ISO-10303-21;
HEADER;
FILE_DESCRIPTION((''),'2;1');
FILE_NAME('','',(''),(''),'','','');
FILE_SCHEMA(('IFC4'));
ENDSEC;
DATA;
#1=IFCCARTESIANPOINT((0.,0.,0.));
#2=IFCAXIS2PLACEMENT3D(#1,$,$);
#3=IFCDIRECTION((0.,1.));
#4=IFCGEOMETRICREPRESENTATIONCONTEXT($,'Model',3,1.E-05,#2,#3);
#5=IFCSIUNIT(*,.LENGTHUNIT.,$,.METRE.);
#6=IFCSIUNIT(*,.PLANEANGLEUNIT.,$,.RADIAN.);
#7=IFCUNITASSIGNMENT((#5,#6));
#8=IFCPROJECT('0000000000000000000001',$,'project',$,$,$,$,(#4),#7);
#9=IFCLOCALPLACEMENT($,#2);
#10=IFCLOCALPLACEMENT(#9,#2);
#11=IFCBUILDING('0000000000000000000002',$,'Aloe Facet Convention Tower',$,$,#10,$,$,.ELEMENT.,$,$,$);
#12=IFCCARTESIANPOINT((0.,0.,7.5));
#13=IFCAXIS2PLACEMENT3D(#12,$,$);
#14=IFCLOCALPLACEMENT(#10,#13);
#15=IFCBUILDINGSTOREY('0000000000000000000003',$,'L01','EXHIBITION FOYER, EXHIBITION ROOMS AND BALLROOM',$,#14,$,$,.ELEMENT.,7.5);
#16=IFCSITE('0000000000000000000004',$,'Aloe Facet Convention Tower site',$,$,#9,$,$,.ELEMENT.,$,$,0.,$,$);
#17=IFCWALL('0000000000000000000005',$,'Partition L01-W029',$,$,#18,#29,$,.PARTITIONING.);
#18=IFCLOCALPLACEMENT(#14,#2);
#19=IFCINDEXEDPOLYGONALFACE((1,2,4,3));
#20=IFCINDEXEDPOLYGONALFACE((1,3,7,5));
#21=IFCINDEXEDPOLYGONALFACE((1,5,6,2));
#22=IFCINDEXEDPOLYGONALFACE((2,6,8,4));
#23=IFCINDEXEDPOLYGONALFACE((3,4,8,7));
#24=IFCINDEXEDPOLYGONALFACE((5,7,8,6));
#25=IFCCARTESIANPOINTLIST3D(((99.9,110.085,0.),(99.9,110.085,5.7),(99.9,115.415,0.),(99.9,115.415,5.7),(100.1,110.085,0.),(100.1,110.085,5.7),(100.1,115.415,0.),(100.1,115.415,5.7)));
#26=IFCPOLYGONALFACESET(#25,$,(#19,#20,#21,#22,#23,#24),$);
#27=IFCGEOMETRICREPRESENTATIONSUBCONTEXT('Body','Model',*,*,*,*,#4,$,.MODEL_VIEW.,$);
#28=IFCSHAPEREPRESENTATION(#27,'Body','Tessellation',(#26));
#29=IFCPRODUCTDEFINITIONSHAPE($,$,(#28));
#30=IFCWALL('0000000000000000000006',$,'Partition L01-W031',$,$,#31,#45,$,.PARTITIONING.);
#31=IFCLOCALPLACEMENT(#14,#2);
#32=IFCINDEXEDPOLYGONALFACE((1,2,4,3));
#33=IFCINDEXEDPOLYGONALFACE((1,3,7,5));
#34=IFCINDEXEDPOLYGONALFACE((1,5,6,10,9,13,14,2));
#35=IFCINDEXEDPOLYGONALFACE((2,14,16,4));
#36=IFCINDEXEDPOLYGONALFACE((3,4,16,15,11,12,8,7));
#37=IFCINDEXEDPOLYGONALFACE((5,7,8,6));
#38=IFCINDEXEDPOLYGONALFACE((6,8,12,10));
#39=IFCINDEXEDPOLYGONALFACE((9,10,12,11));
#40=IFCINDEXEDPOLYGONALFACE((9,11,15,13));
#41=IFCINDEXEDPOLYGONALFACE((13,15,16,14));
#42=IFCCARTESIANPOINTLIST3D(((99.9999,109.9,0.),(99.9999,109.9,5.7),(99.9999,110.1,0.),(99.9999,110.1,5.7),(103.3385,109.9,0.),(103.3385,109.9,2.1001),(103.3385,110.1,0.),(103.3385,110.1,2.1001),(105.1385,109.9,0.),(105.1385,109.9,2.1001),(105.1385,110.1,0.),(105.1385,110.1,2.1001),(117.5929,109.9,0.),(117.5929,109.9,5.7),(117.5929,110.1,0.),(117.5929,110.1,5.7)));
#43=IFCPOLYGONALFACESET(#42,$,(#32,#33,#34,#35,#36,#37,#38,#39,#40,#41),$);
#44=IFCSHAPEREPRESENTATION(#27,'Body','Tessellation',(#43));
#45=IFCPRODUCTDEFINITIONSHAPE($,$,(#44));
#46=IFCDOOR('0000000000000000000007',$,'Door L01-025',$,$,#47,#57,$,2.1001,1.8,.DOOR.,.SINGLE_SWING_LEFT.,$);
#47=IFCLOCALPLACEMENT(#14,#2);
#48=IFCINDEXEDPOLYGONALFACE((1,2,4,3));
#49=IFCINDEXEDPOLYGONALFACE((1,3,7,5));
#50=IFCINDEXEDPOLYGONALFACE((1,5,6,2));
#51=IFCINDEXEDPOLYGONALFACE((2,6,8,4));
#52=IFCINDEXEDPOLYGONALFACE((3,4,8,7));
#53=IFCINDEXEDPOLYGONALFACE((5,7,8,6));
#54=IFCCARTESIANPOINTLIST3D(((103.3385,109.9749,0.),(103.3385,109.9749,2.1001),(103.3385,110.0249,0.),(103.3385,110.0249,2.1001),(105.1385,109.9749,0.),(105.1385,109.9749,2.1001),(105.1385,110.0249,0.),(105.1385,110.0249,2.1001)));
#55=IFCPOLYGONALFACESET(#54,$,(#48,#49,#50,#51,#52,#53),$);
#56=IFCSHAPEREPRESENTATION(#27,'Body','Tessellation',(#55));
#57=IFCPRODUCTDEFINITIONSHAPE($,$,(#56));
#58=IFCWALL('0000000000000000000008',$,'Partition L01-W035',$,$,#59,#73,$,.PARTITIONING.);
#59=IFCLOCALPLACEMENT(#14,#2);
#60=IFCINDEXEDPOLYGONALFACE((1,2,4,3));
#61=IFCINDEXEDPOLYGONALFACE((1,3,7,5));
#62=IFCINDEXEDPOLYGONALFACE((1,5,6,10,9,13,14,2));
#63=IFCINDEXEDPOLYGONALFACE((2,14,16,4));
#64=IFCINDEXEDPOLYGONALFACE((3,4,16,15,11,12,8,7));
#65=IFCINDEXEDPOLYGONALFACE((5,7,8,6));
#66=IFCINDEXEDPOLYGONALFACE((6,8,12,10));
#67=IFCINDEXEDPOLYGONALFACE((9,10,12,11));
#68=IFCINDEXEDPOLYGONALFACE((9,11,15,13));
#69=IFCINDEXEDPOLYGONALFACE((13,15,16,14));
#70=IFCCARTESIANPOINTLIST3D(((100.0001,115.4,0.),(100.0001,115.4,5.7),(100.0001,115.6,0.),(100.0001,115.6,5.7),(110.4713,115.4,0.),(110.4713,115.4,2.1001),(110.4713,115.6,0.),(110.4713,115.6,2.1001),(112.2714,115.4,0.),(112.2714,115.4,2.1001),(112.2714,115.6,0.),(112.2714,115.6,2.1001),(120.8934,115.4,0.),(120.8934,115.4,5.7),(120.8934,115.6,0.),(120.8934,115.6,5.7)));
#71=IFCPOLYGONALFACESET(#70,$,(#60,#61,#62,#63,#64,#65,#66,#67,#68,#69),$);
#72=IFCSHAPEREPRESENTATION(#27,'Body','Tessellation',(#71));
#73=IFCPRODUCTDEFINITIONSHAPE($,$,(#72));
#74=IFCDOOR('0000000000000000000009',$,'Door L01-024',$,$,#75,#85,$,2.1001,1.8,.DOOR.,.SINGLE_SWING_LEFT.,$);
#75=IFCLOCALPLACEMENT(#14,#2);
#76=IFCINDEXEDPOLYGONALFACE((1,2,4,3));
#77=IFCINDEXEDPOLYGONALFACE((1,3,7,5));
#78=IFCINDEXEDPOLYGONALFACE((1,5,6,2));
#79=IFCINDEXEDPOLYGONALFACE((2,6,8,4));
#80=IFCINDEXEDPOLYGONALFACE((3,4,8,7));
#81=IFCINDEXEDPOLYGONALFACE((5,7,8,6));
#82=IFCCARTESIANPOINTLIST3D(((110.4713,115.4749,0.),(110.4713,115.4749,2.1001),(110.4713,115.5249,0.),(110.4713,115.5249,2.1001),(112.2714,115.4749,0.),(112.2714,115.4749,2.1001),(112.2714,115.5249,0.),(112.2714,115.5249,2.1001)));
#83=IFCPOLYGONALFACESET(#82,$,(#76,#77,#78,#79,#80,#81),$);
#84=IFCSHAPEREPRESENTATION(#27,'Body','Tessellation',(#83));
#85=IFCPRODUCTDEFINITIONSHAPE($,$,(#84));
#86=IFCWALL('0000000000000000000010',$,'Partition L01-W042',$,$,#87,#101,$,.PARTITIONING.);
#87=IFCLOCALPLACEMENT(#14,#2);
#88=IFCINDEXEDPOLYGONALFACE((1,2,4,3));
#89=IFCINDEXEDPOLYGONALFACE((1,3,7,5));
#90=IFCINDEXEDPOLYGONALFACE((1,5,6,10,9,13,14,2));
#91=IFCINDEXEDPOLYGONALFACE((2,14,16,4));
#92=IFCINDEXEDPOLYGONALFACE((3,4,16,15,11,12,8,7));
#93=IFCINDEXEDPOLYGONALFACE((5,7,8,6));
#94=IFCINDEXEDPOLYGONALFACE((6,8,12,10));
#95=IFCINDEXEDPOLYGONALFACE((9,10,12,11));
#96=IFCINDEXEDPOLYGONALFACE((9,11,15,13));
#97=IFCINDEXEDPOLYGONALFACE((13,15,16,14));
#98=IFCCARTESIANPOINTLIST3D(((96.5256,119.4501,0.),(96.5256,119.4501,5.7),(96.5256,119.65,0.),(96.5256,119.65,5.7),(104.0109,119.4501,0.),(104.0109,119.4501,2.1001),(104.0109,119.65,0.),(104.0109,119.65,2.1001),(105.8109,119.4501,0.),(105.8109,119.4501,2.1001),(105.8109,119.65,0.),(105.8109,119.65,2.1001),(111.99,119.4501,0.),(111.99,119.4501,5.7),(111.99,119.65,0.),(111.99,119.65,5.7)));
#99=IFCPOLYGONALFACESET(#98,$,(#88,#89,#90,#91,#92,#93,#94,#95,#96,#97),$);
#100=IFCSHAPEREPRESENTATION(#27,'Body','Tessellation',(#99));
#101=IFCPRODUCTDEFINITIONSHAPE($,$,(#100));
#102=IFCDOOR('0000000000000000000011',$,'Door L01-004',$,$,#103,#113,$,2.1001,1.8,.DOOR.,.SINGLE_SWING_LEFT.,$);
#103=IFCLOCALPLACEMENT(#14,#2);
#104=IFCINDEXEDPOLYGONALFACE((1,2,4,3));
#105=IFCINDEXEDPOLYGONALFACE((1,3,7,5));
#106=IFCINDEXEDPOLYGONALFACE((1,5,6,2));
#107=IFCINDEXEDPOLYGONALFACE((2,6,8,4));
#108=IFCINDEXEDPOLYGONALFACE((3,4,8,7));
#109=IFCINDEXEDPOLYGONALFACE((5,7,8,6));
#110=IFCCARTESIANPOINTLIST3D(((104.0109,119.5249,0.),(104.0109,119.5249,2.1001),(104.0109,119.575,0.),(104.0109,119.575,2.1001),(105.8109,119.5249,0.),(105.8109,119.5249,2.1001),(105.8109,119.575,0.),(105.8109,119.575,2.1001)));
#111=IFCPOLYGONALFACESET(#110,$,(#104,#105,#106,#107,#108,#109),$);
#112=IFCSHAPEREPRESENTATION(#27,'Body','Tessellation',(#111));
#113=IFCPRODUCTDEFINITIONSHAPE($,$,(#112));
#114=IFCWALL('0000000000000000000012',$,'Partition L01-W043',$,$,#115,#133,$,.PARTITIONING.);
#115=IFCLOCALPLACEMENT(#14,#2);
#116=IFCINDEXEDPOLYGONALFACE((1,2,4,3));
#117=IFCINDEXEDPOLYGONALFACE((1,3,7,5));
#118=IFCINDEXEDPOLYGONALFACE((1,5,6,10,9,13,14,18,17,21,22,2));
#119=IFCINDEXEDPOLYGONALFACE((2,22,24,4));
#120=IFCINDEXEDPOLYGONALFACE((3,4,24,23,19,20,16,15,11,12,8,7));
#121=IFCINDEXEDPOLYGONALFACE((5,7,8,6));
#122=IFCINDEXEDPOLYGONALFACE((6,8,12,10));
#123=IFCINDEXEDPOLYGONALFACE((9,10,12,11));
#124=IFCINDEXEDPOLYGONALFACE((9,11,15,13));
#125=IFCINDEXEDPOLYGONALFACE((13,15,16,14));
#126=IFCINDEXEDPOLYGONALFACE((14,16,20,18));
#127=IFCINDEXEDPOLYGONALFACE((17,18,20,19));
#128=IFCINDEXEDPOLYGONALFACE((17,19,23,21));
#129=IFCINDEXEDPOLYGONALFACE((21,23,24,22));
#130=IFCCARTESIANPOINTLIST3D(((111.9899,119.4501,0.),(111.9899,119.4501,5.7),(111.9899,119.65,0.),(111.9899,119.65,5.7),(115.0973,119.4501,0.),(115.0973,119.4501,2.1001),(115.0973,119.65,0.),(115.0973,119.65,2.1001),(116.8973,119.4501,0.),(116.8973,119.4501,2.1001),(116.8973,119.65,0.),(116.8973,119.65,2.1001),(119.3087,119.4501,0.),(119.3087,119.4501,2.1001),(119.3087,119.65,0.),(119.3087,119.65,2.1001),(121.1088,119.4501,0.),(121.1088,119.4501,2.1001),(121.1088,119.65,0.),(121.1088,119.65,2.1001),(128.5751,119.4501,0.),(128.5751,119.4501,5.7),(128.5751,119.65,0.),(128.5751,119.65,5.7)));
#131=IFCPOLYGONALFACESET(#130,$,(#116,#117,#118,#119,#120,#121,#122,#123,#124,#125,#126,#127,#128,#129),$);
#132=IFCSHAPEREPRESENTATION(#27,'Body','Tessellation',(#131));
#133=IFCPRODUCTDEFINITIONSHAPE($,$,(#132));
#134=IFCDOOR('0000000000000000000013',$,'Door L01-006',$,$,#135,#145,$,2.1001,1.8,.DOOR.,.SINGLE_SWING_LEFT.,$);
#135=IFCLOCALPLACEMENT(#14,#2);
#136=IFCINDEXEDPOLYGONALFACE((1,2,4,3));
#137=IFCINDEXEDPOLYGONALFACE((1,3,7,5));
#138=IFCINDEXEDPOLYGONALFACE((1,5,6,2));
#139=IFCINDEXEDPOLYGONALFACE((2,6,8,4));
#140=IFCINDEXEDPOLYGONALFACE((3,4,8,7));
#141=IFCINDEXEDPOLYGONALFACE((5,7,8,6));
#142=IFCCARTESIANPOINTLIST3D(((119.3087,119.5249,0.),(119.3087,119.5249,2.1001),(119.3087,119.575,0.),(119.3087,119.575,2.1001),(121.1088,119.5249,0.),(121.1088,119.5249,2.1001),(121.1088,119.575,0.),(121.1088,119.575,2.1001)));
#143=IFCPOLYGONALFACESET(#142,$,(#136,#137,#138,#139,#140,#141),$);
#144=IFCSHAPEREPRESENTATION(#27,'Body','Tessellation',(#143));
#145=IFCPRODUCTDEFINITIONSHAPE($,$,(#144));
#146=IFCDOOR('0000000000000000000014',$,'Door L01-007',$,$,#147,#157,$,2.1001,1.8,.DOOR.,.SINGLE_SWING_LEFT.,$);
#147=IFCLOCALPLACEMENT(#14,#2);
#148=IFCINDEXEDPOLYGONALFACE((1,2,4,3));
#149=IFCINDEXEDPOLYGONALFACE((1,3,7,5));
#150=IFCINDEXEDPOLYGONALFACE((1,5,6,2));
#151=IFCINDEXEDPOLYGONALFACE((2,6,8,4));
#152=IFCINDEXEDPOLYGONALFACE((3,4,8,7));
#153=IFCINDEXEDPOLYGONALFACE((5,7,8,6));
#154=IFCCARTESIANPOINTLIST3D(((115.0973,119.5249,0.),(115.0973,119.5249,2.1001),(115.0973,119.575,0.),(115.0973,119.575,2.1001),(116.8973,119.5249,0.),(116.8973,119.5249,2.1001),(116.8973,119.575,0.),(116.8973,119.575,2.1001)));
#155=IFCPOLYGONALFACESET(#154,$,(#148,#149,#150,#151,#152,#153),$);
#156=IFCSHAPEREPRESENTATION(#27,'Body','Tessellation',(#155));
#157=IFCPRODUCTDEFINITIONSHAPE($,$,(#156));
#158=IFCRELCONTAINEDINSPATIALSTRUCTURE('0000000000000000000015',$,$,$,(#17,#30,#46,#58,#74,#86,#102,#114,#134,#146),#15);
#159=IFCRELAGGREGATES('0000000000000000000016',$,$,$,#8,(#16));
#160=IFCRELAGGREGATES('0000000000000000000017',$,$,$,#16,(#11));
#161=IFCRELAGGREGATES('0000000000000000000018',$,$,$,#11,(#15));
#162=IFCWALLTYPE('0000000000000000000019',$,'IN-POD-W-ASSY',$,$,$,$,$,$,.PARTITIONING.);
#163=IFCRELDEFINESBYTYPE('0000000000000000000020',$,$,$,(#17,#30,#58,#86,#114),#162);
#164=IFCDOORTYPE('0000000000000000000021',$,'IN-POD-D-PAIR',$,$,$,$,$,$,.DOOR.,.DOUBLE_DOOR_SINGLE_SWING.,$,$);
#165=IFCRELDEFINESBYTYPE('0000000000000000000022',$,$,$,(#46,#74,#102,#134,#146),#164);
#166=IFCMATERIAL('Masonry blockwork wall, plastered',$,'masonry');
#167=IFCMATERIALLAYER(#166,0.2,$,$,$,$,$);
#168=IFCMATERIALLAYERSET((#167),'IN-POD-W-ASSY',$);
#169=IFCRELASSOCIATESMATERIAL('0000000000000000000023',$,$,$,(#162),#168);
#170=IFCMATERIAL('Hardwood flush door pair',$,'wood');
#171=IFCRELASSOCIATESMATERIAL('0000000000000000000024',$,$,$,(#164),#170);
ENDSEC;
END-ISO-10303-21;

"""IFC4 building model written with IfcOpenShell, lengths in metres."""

from ifc_helpers import new_model, si_unit, direction, frame, frame_2d, origin, place, context, subcontext, project, spatial, rectangle, extrude, material, layer, layer_set, type_object, element, fill, save


model = new_model("IFC4")

# Units and contexts
model_context = context("Model", 3, precision=1e-05, world=origin(), true_north=direction((0.0, 1.0)))
body_context = subcontext(model_context, "Body", "Model", "MODEL_VIEW")
ifc_project = project(units=[si_unit("LENGTHUNIT", "METRE"), si_unit("PLANEANGLEUNIT", "RADIAN")], contexts=[model_context])

# Site, building, storey
site_placement = place(None, origin())
site = spatial("IfcSite", under=ifc_project, at=site_placement, Name="Aloe Facet Convention Tower site", CompositionType="ELEMENT", RefElevation=0.0)
building_placement = place(site_placement, origin())
building = spatial("IfcBuilding", under=site, at=building_placement, Name="Aloe Facet Convention Tower", CompositionType="ELEMENT")
storey_placement = place(building_placement, frame((0.0, 0.0, 7.5)))
storey = spatial("IfcBuildingStorey", under=building, at=storey_placement, Name="L01", Description="EXHIBITION FOYER, EXHIBITION ROOMS AND BALLROOM", CompositionType="ELEMENT", Elevation=7.5)

# Wall
ifc_material_1 = material(Name="Masonry blockwork wall, plastered", Category="masonry")
ifc_layer = layer(ifc_material_1, 0.2)
ifc_layer_set = layer_set([ifc_layer], Name="IN-POD-W-ASSY")
wall_type = type_object("IfcWallType", Name="IN-POD-W-ASSY", PredefinedType="PARTITIONING", material=ifc_layer_set)
wall_1_placement = place(storey_placement, frame((100.0, 110.085, 0.0), z_axis=(0.0, 0.0, 1.0), x_axis=(0.0, 1.0, 0.0)))
element("IfcWall", 1, at=wall_1_placement, inside=storey, type_object=wall_type, Name="Partition L01-W029", PredefinedType="PARTITIONING", context=body_context, shape_type="SweptSolid", body=[
    extrude(rectangle(XDim=5.3301, YDim=0.2, at=frame_2d((2.665, 0.0))), origin(), (0.0, 0.0, 1.0), 5.7),
])

# Walls, openings, doors
wall_2_placement = place(storey_placement, frame((100.0, 110.0, 0.0), z_axis=(0.0, 0.0, 1.0), x_axis=(1.0, 0.0, 0.0)))
wall_2 = element("IfcWall", 2, at=wall_2_placement, inside=storey, type_object=wall_type, Name="Partition L01-W031", PredefinedType="PARTITIONING", context=body_context, shape_type="SweptSolid", body=[
    extrude(rectangle(XDim=17.593, YDim=0.2, at=frame_2d((8.7964, 0.0))), origin(), (0.0, 0.0, 1.0), 5.7),
])
opening_1_placement = place(wall_2_placement, frame((3.3386, 0.0, 0.0)))
opening_1 = element("IfcOpeningElement", 3, at=opening_1_placement, cuts=wall_2, PredefinedType="OPENING", context=body_context, shape_type="SweptSolid", body=[
    extrude(rectangle(XDim=1.8, YDim=2.1001, at=frame_2d((0.8999, 1.05))), frame((0.0, 0.1099, 0.0), z_axis=(0.0, -1.0, 0.0), x_axis=(1.0, 0.0, 0.0)), (0.0, 0.0, 1.0), 0.22),
])
ifc_material_2 = material(Name="Hardwood flush door pair", Category="wood")
door_type = type_object("IfcDoorType", Name="IN-POD-D-PAIR", OperationType="DOUBLE_DOOR_SINGLE_SWING", PredefinedType="DOOR", material=ifc_material_2)
door_1_placement = place(opening_1_placement, origin())
door_1 = element("IfcDoor", 4, at=door_1_placement, inside=storey, type_object=door_type, Name="Door L01-025", OperationType="SINGLE_SWING_LEFT", OverallHeight=2.1001, OverallWidth=1.8, PredefinedType="DOOR", context=body_context, shape_type="SweptSolid", body=[
    extrude(rectangle(XDim=1.8, YDim=2.1001, at=frame_2d((0.8999, 1.05))), frame((0.0, 0.0249, 0.0), z_axis=(0.0, -1.0, 0.0), x_axis=(1.0, 0.0, 0.0)), (0.0, 0.0, 1.0), 0.05),
])
fill(opening_1, door_1)
wall_3_placement = place(storey_placement, frame((100.0, 115.5, 0.0), z_axis=(0.0, 0.0, 1.0), x_axis=(1.0, 0.0, 0.0)))
wall_3 = element("IfcWall", 5, at=wall_3_placement, inside=storey, type_object=wall_type, Name="Partition L01-W035", PredefinedType="PARTITIONING", context=body_context, shape_type="SweptSolid", body=[
    extrude(rectangle(XDim=20.8933, YDim=0.2, at=frame_2d((10.4468, 0.0))), origin(), (0.0, 0.0, 1.0), 5.7),
])
opening_2_placement = place(wall_3_placement, frame((10.4714, 0.0, 0.0)))
opening_2 = element("IfcOpeningElement", 6, at=opening_2_placement, cuts=wall_3, PredefinedType="OPENING", context=body_context, shape_type="SweptSolid", body=[
    extrude(rectangle(XDim=1.8, YDim=2.1001, at=frame_2d((0.8999, 1.05))), frame((0.0, 0.1099, 0.0), z_axis=(0.0, -1.0, 0.0), x_axis=(1.0, 0.0, 0.0)), (0.0, 0.0, 1.0), 0.22),
])
door_2_placement = place(opening_2_placement, origin())
door_2 = element("IfcDoor", 7, at=door_2_placement, inside=storey, type_object=door_type, Name="Door L01-024", OperationType="SINGLE_SWING_LEFT", OverallHeight=2.1001, OverallWidth=1.8, PredefinedType="DOOR", context=body_context, shape_type="SweptSolid", body=[
    extrude(rectangle(XDim=1.8, YDim=2.1001, at=frame_2d((0.8999, 1.05))), frame((0.0, 0.0249, 0.0), z_axis=(0.0, -1.0, 0.0), x_axis=(1.0, 0.0, 0.0)), (0.0, 0.0, 1.0), 0.05),
])
fill(opening_2, door_2)
wall_4_placement = place(storey_placement, frame((96.5256, 119.55, 0.0), z_axis=(0.0, 0.0, 1.0), x_axis=(1.0, 0.0, 0.0)))
wall_4 = element("IfcWall", 8, at=wall_4_placement, inside=storey, type_object=wall_type, Name="Partition L01-W042", PredefinedType="PARTITIONING", context=body_context, shape_type="SweptSolid", body=[
    extrude(rectangle(XDim=15.4644, YDim=0.2, at=frame_2d((7.7322, 0.0))), origin(), (0.0, 0.0, 1.0), 5.7),
])
opening_3_placement = place(wall_4_placement, frame((7.4854, 0.0, 0.0)))
opening_3 = element("IfcOpeningElement", 9, at=opening_3_placement, cuts=wall_4, PredefinedType="OPENING", context=body_context, shape_type="SweptSolid", body=[
    extrude(rectangle(XDim=1.8, YDim=2.1001, at=frame_2d((0.8999, 1.05))), frame((0.0, 0.1099, 0.0), z_axis=(0.0, -1.0, 0.0), x_axis=(1.0, 0.0, 0.0)), (0.0, 0.0, 1.0), 0.22),
])
door_3_placement = place(opening_3_placement, origin())
door_3 = element("IfcDoor", 10, at=door_3_placement, inside=storey, type_object=door_type, Name="Door L01-004", OperationType="SINGLE_SWING_LEFT", OverallHeight=2.1001, OverallWidth=1.8, PredefinedType="DOOR", context=body_context, shape_type="SweptSolid", body=[
    extrude(rectangle(XDim=1.8, YDim=2.1001, at=frame_2d((0.8999, 1.05))), frame((0.0, 0.0249, 0.0), z_axis=(0.0, -1.0, 0.0), x_axis=(1.0, 0.0, 0.0)), (0.0, 0.0, 1.0), 0.05),
])
fill(opening_3, door_3)

# Wall, openings, doors
wall_5_placement = place(storey_placement, frame((111.99, 119.55, 0.0), z_axis=(0.0, 0.0, 1.0), x_axis=(1.0, 0.0, 0.0)))
wall_5 = element("IfcWall", 11, at=wall_5_placement, inside=storey, type_object=wall_type, Name="Partition L01-W043", PredefinedType="PARTITIONING", context=body_context, shape_type="SweptSolid", body=[
    extrude(rectangle(XDim=16.5852, YDim=0.2, at=frame_2d((8.2925, 0.0))), origin(), (0.0, 0.0, 1.0), 5.7),
])
opening_4_placement = place(wall_5_placement, frame((7.3188, 0.0, 0.0)))
opening_4 = element("IfcOpeningElement", 12, at=opening_4_placement, cuts=wall_5, PredefinedType="OPENING", context=body_context, shape_type="SweptSolid", body=[
    extrude(rectangle(XDim=1.8, YDim=2.1001, at=frame_2d((0.8999, 1.05))), frame((0.0, 0.1099, 0.0), z_axis=(0.0, -1.0, 0.0), x_axis=(1.0, 0.0, 0.0)), (0.0, 0.0, 1.0), 0.22),
])
opening_5_placement = place(wall_5_placement, frame((3.1074, 0.0, 0.0)))
opening_5 = element("IfcOpeningElement", 13, at=opening_5_placement, cuts=wall_5, PredefinedType="OPENING", context=body_context, shape_type="SweptSolid", body=[
    extrude(rectangle(XDim=1.8, YDim=2.1001, at=frame_2d((0.8999, 1.05))), frame((0.0, 0.1099, 0.0), z_axis=(0.0, -1.0, 0.0), x_axis=(1.0, 0.0, 0.0)), (0.0, 0.0, 1.0), 0.22),
])
door_4_placement = place(opening_4_placement, origin())
door_4 = element("IfcDoor", 14, at=door_4_placement, inside=storey, type_object=door_type, Name="Door L01-006", OperationType="SINGLE_SWING_LEFT", OverallHeight=2.1001, OverallWidth=1.8, PredefinedType="DOOR", context=body_context, shape_type="SweptSolid", body=[
    extrude(rectangle(XDim=1.8, YDim=2.1001, at=frame_2d((0.8999, 1.05))), frame((0.0, 0.0249, 0.0), z_axis=(0.0, -1.0, 0.0), x_axis=(1.0, 0.0, 0.0)), (0.0, 0.0, 1.0), 0.05),
])
fill(opening_4, door_4)
door_5_placement = place(opening_5_placement, origin())
door_5 = element("IfcDoor", 15, at=door_5_placement, inside=storey, type_object=door_type, Name="Door L01-007", OperationType="SINGLE_SWING_LEFT", OverallHeight=2.1001, OverallWidth=1.8, PredefinedType="DOOR", context=body_context, shape_type="SweptSolid", body=[
    extrude(rectangle(XDim=1.8, YDim=2.1001, at=frame_2d((0.8999, 1.05))), frame((0.0, 0.0249, 0.0), z_axis=(0.0, -1.0, 0.0), x_axis=(1.0, 0.0, 0.0)), (0.0, 0.0, 1.0), 0.05),
])
fill(opening_5, door_5)

save(model, "model.ifc")
